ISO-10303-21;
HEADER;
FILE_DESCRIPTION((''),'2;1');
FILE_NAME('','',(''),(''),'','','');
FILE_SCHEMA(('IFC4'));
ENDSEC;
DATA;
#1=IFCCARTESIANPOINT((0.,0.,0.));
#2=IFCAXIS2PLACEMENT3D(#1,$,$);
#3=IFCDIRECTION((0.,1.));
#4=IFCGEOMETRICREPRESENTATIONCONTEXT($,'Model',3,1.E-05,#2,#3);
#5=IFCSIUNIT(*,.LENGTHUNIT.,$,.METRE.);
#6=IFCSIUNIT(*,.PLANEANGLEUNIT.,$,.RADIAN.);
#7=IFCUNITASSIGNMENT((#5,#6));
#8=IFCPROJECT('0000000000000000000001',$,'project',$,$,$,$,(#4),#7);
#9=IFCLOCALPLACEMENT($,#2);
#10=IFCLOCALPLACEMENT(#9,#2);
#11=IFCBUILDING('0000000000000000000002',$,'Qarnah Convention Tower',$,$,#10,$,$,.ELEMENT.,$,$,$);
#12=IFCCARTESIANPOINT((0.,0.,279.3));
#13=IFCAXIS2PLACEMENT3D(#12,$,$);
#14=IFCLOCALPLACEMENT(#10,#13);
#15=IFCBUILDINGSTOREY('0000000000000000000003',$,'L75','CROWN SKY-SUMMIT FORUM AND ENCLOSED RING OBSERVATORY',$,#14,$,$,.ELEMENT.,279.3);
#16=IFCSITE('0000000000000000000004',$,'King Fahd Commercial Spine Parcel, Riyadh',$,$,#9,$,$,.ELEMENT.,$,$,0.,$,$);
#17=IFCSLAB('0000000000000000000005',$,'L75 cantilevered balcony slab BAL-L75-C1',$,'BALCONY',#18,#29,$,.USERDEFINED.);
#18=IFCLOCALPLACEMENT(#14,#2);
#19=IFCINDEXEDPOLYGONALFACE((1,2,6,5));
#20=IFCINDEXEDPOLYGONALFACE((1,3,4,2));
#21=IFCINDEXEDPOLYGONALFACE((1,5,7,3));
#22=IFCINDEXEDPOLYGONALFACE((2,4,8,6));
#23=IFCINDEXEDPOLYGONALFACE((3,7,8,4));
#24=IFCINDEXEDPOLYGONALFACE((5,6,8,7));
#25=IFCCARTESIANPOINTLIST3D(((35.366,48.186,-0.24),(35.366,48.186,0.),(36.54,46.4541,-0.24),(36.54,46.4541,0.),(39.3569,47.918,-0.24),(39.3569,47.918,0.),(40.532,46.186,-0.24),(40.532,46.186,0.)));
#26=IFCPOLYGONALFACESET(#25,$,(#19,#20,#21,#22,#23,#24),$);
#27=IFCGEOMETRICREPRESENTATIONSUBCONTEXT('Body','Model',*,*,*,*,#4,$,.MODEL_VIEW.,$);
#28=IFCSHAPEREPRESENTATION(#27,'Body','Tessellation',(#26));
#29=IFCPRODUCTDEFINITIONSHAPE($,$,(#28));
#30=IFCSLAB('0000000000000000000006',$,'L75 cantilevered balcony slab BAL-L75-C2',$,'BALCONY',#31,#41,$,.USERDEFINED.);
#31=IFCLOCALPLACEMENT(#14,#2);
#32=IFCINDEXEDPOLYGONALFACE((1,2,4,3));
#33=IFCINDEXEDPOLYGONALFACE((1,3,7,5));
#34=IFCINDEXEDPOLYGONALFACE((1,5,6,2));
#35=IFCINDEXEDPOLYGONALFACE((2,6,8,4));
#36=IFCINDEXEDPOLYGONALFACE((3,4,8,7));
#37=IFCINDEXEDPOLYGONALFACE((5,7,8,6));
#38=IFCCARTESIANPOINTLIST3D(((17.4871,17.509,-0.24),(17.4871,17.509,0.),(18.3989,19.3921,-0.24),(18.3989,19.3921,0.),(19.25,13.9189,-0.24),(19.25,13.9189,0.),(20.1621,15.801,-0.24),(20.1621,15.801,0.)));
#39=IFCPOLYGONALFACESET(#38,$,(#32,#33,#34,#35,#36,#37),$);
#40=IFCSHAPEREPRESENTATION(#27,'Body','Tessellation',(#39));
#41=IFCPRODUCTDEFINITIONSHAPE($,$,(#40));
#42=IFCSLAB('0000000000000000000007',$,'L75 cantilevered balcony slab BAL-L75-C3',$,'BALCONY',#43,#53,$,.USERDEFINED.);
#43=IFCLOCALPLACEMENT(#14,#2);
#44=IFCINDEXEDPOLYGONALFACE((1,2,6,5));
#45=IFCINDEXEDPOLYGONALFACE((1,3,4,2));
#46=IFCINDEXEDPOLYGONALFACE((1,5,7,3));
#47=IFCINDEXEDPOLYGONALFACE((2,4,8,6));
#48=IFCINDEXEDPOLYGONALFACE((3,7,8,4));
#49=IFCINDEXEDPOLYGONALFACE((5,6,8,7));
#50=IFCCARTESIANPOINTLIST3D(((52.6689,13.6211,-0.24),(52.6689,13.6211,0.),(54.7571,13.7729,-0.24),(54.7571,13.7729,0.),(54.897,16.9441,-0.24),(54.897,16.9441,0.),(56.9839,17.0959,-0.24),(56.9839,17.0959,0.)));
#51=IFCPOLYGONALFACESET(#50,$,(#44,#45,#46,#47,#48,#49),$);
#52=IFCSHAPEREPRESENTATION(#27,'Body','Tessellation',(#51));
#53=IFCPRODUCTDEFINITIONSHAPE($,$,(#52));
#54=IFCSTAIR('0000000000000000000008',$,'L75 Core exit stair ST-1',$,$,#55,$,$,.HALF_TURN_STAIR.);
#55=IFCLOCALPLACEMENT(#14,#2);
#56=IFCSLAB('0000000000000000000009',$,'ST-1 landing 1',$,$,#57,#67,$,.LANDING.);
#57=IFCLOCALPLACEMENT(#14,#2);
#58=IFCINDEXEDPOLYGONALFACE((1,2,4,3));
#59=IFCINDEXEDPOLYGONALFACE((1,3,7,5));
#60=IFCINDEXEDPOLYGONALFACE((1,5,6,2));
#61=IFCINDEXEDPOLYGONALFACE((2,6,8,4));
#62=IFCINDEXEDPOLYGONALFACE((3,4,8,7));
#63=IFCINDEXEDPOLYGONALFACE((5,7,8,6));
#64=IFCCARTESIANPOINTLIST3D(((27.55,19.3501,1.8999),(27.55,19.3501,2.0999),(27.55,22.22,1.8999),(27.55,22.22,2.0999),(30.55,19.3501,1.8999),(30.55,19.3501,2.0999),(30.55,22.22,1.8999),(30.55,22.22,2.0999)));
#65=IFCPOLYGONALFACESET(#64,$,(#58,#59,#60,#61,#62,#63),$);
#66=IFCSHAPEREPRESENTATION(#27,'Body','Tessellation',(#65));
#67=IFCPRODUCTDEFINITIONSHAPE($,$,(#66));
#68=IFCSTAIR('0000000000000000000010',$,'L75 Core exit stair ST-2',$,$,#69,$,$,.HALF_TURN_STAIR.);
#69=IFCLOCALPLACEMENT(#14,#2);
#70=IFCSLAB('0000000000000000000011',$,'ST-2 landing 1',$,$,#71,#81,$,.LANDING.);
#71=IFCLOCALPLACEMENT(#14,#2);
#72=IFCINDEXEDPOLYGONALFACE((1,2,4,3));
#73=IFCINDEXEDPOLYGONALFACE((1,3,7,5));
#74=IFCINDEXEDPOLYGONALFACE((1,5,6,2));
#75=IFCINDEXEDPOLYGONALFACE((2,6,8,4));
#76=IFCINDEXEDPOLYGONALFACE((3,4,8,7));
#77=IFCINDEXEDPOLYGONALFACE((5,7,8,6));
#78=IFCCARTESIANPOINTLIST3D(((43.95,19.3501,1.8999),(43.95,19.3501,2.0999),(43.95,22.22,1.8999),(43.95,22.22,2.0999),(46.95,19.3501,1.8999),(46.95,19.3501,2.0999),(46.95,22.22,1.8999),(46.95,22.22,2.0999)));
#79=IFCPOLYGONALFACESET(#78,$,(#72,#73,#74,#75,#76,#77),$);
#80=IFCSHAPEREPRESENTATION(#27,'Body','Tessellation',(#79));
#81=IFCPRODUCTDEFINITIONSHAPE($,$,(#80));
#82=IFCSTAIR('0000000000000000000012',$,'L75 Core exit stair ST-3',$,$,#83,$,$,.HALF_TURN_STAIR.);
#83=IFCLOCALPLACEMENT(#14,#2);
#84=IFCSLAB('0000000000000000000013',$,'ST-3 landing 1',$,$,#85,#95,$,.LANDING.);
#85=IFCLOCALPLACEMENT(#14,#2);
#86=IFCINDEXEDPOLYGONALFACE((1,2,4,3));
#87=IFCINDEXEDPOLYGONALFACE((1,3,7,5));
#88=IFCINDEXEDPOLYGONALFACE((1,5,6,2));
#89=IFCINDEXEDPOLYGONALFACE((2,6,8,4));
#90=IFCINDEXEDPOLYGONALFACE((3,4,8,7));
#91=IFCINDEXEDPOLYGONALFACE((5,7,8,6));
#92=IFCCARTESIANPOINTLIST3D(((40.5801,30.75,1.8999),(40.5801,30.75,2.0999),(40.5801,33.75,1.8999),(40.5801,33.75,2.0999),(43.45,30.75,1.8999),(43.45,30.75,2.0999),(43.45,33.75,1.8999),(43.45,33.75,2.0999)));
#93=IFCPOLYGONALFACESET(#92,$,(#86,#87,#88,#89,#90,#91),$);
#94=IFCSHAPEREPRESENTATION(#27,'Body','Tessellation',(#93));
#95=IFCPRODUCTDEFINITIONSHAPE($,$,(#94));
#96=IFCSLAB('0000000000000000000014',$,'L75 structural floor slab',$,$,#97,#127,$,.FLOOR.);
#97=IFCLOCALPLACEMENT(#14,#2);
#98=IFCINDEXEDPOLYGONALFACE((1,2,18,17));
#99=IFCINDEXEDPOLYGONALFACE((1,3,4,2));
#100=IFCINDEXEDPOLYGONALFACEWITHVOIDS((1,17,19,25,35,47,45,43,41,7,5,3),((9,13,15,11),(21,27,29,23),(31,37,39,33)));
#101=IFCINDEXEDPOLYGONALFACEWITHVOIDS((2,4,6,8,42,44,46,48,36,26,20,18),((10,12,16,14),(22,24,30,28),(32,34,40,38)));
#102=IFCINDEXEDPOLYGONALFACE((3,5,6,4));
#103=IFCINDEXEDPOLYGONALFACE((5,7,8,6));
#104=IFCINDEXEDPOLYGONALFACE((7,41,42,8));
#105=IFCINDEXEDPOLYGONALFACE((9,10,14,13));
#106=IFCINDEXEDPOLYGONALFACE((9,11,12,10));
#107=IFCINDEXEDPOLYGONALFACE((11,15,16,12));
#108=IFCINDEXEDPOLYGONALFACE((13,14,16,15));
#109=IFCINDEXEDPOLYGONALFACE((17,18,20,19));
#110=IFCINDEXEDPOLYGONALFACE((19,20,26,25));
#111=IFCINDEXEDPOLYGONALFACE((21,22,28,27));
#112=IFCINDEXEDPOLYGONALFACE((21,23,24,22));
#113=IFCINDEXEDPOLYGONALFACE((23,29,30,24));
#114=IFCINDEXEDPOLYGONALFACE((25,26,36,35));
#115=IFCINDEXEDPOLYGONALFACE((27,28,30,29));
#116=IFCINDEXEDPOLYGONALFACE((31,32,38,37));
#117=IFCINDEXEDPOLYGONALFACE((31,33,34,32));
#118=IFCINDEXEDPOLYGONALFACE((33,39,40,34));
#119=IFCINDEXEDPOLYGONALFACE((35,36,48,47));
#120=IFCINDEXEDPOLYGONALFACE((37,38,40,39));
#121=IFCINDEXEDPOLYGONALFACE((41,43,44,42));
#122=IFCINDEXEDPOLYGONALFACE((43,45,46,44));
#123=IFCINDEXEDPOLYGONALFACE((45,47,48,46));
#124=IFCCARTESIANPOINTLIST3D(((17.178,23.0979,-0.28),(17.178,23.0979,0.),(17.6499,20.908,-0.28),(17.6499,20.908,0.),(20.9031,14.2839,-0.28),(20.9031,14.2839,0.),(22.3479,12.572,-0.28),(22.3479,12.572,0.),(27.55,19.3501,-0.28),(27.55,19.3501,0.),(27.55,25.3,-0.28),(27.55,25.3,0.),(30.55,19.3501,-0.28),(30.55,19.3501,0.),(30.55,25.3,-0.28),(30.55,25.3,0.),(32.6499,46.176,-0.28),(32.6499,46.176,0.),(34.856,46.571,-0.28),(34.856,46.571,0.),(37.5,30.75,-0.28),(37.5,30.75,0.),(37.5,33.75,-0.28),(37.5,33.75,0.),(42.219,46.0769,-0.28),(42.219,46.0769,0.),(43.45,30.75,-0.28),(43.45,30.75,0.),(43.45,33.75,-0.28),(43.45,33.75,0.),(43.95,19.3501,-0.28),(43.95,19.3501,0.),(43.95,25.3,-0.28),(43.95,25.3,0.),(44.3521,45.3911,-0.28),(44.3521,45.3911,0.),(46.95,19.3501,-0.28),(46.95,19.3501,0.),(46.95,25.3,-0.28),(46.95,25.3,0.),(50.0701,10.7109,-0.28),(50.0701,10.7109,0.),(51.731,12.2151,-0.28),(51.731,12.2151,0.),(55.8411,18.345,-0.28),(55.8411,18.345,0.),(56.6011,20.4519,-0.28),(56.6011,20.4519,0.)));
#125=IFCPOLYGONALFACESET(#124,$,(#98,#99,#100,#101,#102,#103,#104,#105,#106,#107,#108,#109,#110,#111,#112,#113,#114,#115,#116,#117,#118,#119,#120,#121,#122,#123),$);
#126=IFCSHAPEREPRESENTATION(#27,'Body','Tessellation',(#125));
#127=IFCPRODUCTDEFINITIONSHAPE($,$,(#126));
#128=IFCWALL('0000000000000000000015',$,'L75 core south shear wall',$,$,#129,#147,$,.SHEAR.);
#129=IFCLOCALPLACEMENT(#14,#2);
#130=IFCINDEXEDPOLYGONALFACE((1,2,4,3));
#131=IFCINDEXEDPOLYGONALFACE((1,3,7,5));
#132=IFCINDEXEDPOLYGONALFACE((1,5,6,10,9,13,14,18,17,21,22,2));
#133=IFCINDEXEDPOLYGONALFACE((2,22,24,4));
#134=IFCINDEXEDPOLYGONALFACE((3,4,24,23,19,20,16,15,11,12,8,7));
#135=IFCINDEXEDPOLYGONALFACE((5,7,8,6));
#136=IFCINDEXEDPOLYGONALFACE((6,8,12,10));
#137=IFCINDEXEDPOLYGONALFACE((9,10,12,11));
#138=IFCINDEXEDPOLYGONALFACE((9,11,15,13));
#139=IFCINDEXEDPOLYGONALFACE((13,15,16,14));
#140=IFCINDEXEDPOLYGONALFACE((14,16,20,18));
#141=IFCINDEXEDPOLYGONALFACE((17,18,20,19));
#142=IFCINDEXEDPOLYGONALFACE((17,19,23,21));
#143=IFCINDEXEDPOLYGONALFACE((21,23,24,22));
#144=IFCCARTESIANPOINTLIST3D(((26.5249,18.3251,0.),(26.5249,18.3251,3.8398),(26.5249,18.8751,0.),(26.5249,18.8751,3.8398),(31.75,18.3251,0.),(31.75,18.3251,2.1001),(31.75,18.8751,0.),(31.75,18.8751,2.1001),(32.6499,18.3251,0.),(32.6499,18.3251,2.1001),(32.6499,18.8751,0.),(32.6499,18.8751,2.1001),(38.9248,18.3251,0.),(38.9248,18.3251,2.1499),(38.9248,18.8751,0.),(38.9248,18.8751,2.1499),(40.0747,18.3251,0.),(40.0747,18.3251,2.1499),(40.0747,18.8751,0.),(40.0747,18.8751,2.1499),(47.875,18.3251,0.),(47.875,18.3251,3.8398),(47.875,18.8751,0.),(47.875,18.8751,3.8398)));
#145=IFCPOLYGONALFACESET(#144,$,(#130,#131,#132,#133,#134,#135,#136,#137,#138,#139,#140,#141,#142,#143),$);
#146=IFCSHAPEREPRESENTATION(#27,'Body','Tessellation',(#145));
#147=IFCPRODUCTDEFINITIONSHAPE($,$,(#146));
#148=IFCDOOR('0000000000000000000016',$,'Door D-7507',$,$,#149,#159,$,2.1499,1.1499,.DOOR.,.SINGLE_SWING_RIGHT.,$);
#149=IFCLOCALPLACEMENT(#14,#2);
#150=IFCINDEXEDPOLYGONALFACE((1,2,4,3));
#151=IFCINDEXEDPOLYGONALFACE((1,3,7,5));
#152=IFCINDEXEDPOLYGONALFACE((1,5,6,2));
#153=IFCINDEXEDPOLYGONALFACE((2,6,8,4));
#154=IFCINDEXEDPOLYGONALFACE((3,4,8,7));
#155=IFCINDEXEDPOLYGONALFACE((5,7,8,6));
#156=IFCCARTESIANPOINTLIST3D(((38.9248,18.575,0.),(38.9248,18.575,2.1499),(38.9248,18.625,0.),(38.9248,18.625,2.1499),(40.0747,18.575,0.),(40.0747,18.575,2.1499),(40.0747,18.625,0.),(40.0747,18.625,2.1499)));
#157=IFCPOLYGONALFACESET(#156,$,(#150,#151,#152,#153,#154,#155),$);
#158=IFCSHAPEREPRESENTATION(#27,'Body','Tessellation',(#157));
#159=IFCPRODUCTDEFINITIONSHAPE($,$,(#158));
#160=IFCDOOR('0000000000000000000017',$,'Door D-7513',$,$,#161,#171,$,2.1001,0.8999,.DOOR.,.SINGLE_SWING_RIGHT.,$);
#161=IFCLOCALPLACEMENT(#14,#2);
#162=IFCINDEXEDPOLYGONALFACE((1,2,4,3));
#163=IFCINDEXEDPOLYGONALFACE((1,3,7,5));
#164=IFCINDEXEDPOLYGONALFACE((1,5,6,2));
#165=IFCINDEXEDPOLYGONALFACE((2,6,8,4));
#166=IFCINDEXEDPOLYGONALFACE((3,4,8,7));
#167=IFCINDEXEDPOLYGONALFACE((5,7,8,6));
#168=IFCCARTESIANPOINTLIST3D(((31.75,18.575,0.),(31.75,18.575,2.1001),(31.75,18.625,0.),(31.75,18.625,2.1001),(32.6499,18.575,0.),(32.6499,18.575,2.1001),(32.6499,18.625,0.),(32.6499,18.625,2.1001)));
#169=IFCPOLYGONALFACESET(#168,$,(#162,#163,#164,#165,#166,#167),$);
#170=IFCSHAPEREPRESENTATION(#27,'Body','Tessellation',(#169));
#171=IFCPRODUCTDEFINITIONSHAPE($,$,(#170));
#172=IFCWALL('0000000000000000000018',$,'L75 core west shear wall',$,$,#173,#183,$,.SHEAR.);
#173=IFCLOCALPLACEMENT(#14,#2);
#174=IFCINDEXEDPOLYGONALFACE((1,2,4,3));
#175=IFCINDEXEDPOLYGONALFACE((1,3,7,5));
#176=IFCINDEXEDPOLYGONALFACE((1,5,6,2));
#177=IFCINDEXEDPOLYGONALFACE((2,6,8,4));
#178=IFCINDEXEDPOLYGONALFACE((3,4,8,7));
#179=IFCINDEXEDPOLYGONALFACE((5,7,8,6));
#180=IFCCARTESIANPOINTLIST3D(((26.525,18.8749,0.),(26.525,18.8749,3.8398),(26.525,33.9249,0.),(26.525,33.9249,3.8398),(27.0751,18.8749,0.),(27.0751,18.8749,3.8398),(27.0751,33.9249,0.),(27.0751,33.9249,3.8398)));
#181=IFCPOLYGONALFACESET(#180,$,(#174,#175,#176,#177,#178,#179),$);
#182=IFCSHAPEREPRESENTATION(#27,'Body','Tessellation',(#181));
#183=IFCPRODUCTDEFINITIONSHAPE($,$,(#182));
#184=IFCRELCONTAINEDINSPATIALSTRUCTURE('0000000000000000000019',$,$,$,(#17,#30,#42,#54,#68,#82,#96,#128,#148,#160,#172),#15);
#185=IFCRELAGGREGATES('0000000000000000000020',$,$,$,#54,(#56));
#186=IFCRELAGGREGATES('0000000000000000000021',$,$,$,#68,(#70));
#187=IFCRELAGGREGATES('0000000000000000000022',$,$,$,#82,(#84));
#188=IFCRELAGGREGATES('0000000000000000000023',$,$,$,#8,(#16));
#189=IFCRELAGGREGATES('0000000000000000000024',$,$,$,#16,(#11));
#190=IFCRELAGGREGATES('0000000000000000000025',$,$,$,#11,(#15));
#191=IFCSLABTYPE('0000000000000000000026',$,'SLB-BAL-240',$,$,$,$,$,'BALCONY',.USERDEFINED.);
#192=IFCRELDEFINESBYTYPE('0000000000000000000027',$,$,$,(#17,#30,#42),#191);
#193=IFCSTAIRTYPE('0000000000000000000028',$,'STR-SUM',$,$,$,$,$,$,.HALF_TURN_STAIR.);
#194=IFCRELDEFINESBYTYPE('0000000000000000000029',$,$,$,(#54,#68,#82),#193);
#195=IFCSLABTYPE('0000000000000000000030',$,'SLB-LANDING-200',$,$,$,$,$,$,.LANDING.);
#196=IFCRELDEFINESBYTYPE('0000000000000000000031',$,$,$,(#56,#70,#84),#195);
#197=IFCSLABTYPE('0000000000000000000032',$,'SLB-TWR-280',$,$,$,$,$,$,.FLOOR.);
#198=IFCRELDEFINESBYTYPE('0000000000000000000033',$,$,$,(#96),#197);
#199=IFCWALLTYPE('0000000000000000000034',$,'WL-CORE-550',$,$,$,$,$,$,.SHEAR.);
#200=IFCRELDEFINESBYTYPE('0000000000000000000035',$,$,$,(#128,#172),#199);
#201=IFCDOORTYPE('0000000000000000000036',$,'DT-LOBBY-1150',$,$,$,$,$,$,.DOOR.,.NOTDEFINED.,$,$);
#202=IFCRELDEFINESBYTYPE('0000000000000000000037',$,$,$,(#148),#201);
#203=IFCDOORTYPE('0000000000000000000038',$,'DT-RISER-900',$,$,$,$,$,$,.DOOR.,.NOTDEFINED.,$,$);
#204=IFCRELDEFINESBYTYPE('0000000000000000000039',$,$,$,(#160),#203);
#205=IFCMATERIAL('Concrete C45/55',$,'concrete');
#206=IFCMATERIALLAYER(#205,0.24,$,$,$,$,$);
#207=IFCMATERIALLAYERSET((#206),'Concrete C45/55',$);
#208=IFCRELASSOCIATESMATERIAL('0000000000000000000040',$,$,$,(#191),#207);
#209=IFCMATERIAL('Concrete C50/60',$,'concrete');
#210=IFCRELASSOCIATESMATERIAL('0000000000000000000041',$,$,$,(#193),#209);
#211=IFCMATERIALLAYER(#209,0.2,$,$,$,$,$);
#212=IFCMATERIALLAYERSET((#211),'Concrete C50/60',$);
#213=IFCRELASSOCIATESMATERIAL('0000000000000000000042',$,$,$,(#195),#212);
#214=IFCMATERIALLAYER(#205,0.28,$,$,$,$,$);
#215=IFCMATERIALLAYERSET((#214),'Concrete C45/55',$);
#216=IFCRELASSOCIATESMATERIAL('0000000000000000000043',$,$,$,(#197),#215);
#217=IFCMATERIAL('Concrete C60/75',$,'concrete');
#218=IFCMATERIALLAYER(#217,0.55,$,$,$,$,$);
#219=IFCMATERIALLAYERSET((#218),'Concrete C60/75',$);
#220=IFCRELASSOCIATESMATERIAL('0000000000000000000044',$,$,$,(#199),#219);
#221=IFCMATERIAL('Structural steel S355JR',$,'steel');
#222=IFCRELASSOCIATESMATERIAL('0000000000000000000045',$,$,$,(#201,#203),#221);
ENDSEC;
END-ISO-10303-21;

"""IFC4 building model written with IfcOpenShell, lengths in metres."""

from ifc_helpers import new_model, si_unit, direction, frame, frame_2d, origin, place, context, subcontext, project, spatial, polyline, rectangle, outline, extrude, material, layer, layer_set, type_object, element, fill, aggregate, save


model = new_model("IFC4")

# Units and contexts
model_context = context("Model", 3, precision=1e-05, world=origin(), true_north=direction((0.0, 1.0)))
body_context = subcontext(model_context, "Body", "Model", "MODEL_VIEW")
ifc_project = project(units=[si_unit("LENGTHUNIT", "METRE"), si_unit("PLANEANGLEUNIT", "RADIAN")], contexts=[model_context])

# Site, building, storey
site_placement = place(None, origin())
site = spatial("IfcSite", under=ifc_project, at=site_placement, Name="King Fahd Commercial Spine Parcel, Riyadh", CompositionType="ELEMENT", RefElevation=0.0)
building_placement = place(site_placement, origin())
building = spatial("IfcBuilding", under=site, at=building_placement, Name="Qarnah Convention Tower", CompositionType="ELEMENT")
storey_placement = place(building_placement, frame((0.0, 0.0, 279.3)))
storey = spatial("IfcBuildingStorey", under=building, at=storey_placement, Name="L75", Description="CROWN SKY-SUMMIT FORUM AND ENCLOSED RING OBSERVATORY", CompositionType="ELEMENT", Elevation=279.3)

# Shared definitions
ifc_material_1 = material(Name="Concrete C50/60", Category="concrete")

# Shared definitions
ifc_material_2 = material(Name="Structural steel S355JR", Category="steel")

# Slabs
ifc_material_3 = material(Name="Concrete C45/55", Category="concrete")
ifc_layer_1 = layer(ifc_material_3, 0.24)
ifc_layer_set_1 = layer_set([ifc_layer_1], Name="Concrete C45/55")
slab_type_1 = type_object("IfcSlabType", Name="SLB-BAL-240", ElementType="BALCONY", PredefinedType="USERDEFINED", material=ifc_layer_set_1)
slab_1_placement = place(storey_placement, frame((0.0, 0.0, -0.24)))
element("IfcSlab", 1, at=slab_1_placement, inside=storey, type_object=slab_type_1, Name="L75 cantilevered balcony slab BAL-L75-C1", ObjectType="BALCONY", PredefinedType="USERDEFINED", context=body_context, shape_type="SweptSolid", body=[
    extrude(outline(polyline([(35.366, 48.186), (39.3569, 47.918), (40.532, 46.186), (36.54, 46.4541), (35.366, 48.186)])), origin(), (0.0, 0.0, 1.0), 0.24),
])
slab_2_placement = place(storey_placement, frame((0.0, 0.0, -0.24)))
element("IfcSlab", 2, at=slab_2_placement, inside=storey, type_object=slab_type_1, Name="L75 cantilevered balcony slab BAL-L75-C2", ObjectType="BALCONY", PredefinedType="USERDEFINED", context=body_context, shape_type="SweptSolid", body=[
    extrude(outline(polyline([(19.25, 13.9189), (17.4871, 17.509), (18.3989, 19.3921), (20.1621, 15.801), (19.25, 13.9189)])), origin(), (0.0, 0.0, 1.0), 0.24),
])
slab_3_placement = place(storey_placement, frame((0.0, 0.0, -0.24)))
element("IfcSlab", 3, at=slab_3_placement, inside=storey, type_object=slab_type_1, Name="L75 cantilevered balcony slab BAL-L75-C3", ObjectType="BALCONY", PredefinedType="USERDEFINED", context=body_context, shape_type="SweptSolid", body=[
    extrude(outline(polyline([(56.9839, 17.0959), (54.7571, 13.7729), (52.6689, 13.6211), (54.897, 16.9441), (56.9839, 17.0959)])), origin(), (0.0, 0.0, 1.0), 0.24),
])

# Stairs, slabs
stair_type = type_object("IfcStairType", Name="STR-SUM", PredefinedType="HALF_TURN_STAIR", material=ifc_material_1)
stair_1_placement = place(storey_placement, origin())
stair_1 = element("IfcStair", 4, at=stair_1_placement, inside=storey, type_object=stair_type, Name="L75 Core exit stair ST-1", PredefinedType="HALF_TURN_STAIR")
ifc_layer_2 = layer(ifc_material_1, 0.2)
ifc_layer_set_2 = layer_set([ifc_layer_2], Name="Concrete C50/60")
slab_type_2 = type_object("IfcSlabType", Name="SLB-LANDING-200", PredefinedType="LANDING", material=ifc_layer_set_2)
slab_4_placement = place(storey_placement, frame((0.0, 0.0, 1.8999)))
slab_4 = element("IfcSlab", 5, at=slab_4_placement, type_object=slab_type_2, Name="ST-1 landing 1", PredefinedType="LANDING", context=body_context, shape_type="SweptSolid", body=[
    extrude(outline(polyline([(27.55, 22.22), (27.55, 19.3501), (30.55, 19.3501), (30.55, 22.22), (27.55, 22.22)])), origin(), (0.0, 0.0, 1.0), 0.2),
])
aggregate(stair_1, [slab_4])
stair_2_placement = place(storey_placement, origin())
stair_2 = element("IfcStair", 6, at=stair_2_placement, inside=storey, type_object=stair_type, Name="L75 Core exit stair ST-2", PredefinedType="HALF_TURN_STAIR")
slab_5_placement = place(storey_placement, frame((0.0, 0.0, 1.8999)))
slab_5 = element("IfcSlab", 7, at=slab_5_placement, type_object=slab_type_2, Name="ST-2 landing 1", PredefinedType="LANDING", context=body_context, shape_type="SweptSolid", body=[
    extrude(outline(polyline([(43.95, 22.22), (43.95, 19.3501), (46.95, 19.3501), (46.95, 22.22), (43.95, 22.22)])), origin(), (0.0, 0.0, 1.0), 0.2),
])
aggregate(stair_2, [slab_5])
stair_3_placement = place(storey_placement, origin())
stair_3 = element("IfcStair", 8, at=stair_3_placement, inside=storey, type_object=stair_type, Name="L75 Core exit stair ST-3", PredefinedType="HALF_TURN_STAIR")
slab_6_placement = place(storey_placement, frame((0.0, 0.0, 1.8999)))
slab_6 = element("IfcSlab", 9, at=slab_6_placement, type_object=slab_type_2, Name="ST-3 landing 1", PredefinedType="LANDING", context=body_context, shape_type="SweptSolid", body=[
    extrude(outline(polyline([(40.5801, 30.75), (43.45, 30.75), (43.45, 33.75), (40.5801, 33.75), (40.5801, 30.75)])), origin(), (0.0, 0.0, 1.0), 0.2),
])
aggregate(stair_3, [slab_6])

# Slab
ifc_layer_3 = layer(ifc_material_3, 0.28)
ifc_layer_set_3 = layer_set([ifc_layer_3], Name="Concrete C45/55")
slab_type_3 = type_object("IfcSlabType", Name="SLB-TWR-280", PredefinedType="FLOOR", material=ifc_layer_set_3)
slab_7_placement = place(storey_placement, frame((0.0, 0.0, -0.28)))
element("IfcSlab", 10, at=slab_7_placement, inside=storey, type_object=slab_type_3, Name="L75 structural floor slab", PredefinedType="FLOOR", context=body_context, shape_type="SweptSolid", body=[
    extrude(outline(polyline([(32.6499, 46.176), (17.178, 23.0979), (17.6499, 20.908), (20.9031, 14.2839), (22.3479, 12.572), (50.0701, 10.7109), (51.731, 12.2151), (55.8411, 18.345), (56.6011, 20.4519), (44.3521, 45.3911), (42.219, 46.0769), (34.856, 46.571), (32.6499, 46.176)]), holes=[polyline([(27.55, 25.3), (27.55, 19.3501), (30.55, 19.3501), (30.55, 25.3), (27.55, 25.3)]), polyline([(43.95, 25.3), (43.95, 19.3501), (46.95, 19.3501), (46.95, 25.3), (43.95, 25.3)]), polyline([(37.5, 30.75), (43.45, 30.75), (43.45, 33.75), (37.5, 33.75), (37.5, 30.75)])]), origin(), (0.0, 0.0, 1.0), 0.28),
])

# Wall, openings, doors
ifc_material_4 = material(Name="Concrete C60/75", Category="concrete")
ifc_layer_4 = layer(ifc_material_4, 0.55)
ifc_layer_set_4 = layer_set([ifc_layer_4], Name="Concrete C60/75")
wall_type_1 = type_object("IfcWallType", Name="WL-CORE-550", PredefinedType="SHEAR", material=ifc_layer_set_4)
wall_1_placement = place(storey_placement, frame((26.5249, 18.6001, 0.0), z_axis=(0.0, 0.0, 1.0), x_axis=(1.0, 0.0, 0.0)))
wall_1 = element("IfcWall", 11, at=wall_1_placement, inside=storey, type_object=wall_type_1, Name="L75 core south shear wall", PredefinedType="SHEAR", context=body_context, shape_type="SweptSolid", body=[
    extrude(rectangle(XDim=21.3501, YDim=0.55, at=frame_2d((10.675, 0.0))), origin(), (0.0, 0.0, 1.0), 3.8398),
])
opening_1_placement = place(wall_1_placement, frame((12.3999, 0.0, 0.0)))
opening_1 = element("IfcOpeningElement", 12, at=opening_1_placement, cuts=wall_1, PredefinedType="OPENING", context=body_context, shape_type="SweptSolid", body=[
    extrude(rectangle(XDim=1.1499, YDim=2.1499, at=frame_2d((0.575, 1.075))), frame((0.0, 0.2849, 0.0), z_axis=(0.0, -1.0, 0.0), x_axis=(1.0, 0.0, 0.0)), (0.0, 0.0, 1.0), 0.5701),
])
opening_2_placement = place(wall_1_placement, frame((5.2251, 0.0, 0.0)))
opening_2 = element("IfcOpeningElement", 13, at=opening_2_placement, cuts=wall_1, PredefinedType="OPENING", context=body_context, shape_type="SweptSolid", body=[
    extrude(rectangle(XDim=0.8999, YDim=2.1001, at=frame_2d((0.45, 1.05))), frame((0.0, 0.2849, 0.0), z_axis=(0.0, -1.0, 0.0), x_axis=(1.0, 0.0, 0.0)), (0.0, 0.0, 1.0), 0.5701),
])
door_type_1 = type_object("IfcDoorType", Name="DT-LOBBY-1150", OperationType="NOTDEFINED", PredefinedType="DOOR", material=ifc_material_2)
door_1_placement = place(opening_1_placement, origin())
door_1 = element("IfcDoor", 14, at=door_1_placement, inside=storey, type_object=door_type_1, Name="Door D-7507", OperationType="SINGLE_SWING_RIGHT", OverallHeight=2.1499, OverallWidth=1.1499, PredefinedType="DOOR", context=body_context, shape_type="SweptSolid", body=[
    extrude(rectangle(XDim=1.1499, YDim=2.1499, at=frame_2d((0.575, 1.075))), frame((0.0, 0.0249, 0.0), z_axis=(0.0, -1.0, 0.0), x_axis=(1.0, 0.0, 0.0)), (0.0, 0.0, 1.0), 0.05),
])
fill(opening_1, door_1)
door_type_2 = type_object("IfcDoorType", Name="DT-RISER-900", OperationType="NOTDEFINED", PredefinedType="DOOR", material=ifc_material_2)
door_2_placement = place(opening_2_placement, origin())
door_2 = element("IfcDoor", 15, at=door_2_placement, inside=storey, type_object=door_type_2, Name="Door D-7513", OperationType="SINGLE_SWING_RIGHT", OverallHeight=2.1001, OverallWidth=0.8999, PredefinedType="DOOR", context=body_context, shape_type="SweptSolid", body=[
    extrude(rectangle(XDim=0.8999, YDim=2.1001, at=frame_2d((0.45, 1.05))), frame((0.0, 0.0249, 0.0), z_axis=(0.0, -1.0, 0.0), x_axis=(1.0, 0.0, 0.0)), (0.0, 0.0, 1.0), 0.05),
])
fill(opening_2, door_2)

# Wall
wall_2_placement = place(storey_placement, frame((26.8, 18.875, 0.0), z_axis=(0.0, 0.0, 1.0), x_axis=(0.0, 1.0, 0.0)))
element("IfcWall", 16, at=wall_2_placement, inside=storey, type_object=wall_type_1, Name="L75 core west shear wall", PredefinedType="SHEAR", context=body_context, shape_type="SweptSolid", body=[
    extrude(rectangle(XDim=15.05, YDim=0.55, at=frame_2d((7.5249, 0.0))), origin(), (0.0, 0.0, 1.0), 3.8398),
])

save(model, "model.ifc")
